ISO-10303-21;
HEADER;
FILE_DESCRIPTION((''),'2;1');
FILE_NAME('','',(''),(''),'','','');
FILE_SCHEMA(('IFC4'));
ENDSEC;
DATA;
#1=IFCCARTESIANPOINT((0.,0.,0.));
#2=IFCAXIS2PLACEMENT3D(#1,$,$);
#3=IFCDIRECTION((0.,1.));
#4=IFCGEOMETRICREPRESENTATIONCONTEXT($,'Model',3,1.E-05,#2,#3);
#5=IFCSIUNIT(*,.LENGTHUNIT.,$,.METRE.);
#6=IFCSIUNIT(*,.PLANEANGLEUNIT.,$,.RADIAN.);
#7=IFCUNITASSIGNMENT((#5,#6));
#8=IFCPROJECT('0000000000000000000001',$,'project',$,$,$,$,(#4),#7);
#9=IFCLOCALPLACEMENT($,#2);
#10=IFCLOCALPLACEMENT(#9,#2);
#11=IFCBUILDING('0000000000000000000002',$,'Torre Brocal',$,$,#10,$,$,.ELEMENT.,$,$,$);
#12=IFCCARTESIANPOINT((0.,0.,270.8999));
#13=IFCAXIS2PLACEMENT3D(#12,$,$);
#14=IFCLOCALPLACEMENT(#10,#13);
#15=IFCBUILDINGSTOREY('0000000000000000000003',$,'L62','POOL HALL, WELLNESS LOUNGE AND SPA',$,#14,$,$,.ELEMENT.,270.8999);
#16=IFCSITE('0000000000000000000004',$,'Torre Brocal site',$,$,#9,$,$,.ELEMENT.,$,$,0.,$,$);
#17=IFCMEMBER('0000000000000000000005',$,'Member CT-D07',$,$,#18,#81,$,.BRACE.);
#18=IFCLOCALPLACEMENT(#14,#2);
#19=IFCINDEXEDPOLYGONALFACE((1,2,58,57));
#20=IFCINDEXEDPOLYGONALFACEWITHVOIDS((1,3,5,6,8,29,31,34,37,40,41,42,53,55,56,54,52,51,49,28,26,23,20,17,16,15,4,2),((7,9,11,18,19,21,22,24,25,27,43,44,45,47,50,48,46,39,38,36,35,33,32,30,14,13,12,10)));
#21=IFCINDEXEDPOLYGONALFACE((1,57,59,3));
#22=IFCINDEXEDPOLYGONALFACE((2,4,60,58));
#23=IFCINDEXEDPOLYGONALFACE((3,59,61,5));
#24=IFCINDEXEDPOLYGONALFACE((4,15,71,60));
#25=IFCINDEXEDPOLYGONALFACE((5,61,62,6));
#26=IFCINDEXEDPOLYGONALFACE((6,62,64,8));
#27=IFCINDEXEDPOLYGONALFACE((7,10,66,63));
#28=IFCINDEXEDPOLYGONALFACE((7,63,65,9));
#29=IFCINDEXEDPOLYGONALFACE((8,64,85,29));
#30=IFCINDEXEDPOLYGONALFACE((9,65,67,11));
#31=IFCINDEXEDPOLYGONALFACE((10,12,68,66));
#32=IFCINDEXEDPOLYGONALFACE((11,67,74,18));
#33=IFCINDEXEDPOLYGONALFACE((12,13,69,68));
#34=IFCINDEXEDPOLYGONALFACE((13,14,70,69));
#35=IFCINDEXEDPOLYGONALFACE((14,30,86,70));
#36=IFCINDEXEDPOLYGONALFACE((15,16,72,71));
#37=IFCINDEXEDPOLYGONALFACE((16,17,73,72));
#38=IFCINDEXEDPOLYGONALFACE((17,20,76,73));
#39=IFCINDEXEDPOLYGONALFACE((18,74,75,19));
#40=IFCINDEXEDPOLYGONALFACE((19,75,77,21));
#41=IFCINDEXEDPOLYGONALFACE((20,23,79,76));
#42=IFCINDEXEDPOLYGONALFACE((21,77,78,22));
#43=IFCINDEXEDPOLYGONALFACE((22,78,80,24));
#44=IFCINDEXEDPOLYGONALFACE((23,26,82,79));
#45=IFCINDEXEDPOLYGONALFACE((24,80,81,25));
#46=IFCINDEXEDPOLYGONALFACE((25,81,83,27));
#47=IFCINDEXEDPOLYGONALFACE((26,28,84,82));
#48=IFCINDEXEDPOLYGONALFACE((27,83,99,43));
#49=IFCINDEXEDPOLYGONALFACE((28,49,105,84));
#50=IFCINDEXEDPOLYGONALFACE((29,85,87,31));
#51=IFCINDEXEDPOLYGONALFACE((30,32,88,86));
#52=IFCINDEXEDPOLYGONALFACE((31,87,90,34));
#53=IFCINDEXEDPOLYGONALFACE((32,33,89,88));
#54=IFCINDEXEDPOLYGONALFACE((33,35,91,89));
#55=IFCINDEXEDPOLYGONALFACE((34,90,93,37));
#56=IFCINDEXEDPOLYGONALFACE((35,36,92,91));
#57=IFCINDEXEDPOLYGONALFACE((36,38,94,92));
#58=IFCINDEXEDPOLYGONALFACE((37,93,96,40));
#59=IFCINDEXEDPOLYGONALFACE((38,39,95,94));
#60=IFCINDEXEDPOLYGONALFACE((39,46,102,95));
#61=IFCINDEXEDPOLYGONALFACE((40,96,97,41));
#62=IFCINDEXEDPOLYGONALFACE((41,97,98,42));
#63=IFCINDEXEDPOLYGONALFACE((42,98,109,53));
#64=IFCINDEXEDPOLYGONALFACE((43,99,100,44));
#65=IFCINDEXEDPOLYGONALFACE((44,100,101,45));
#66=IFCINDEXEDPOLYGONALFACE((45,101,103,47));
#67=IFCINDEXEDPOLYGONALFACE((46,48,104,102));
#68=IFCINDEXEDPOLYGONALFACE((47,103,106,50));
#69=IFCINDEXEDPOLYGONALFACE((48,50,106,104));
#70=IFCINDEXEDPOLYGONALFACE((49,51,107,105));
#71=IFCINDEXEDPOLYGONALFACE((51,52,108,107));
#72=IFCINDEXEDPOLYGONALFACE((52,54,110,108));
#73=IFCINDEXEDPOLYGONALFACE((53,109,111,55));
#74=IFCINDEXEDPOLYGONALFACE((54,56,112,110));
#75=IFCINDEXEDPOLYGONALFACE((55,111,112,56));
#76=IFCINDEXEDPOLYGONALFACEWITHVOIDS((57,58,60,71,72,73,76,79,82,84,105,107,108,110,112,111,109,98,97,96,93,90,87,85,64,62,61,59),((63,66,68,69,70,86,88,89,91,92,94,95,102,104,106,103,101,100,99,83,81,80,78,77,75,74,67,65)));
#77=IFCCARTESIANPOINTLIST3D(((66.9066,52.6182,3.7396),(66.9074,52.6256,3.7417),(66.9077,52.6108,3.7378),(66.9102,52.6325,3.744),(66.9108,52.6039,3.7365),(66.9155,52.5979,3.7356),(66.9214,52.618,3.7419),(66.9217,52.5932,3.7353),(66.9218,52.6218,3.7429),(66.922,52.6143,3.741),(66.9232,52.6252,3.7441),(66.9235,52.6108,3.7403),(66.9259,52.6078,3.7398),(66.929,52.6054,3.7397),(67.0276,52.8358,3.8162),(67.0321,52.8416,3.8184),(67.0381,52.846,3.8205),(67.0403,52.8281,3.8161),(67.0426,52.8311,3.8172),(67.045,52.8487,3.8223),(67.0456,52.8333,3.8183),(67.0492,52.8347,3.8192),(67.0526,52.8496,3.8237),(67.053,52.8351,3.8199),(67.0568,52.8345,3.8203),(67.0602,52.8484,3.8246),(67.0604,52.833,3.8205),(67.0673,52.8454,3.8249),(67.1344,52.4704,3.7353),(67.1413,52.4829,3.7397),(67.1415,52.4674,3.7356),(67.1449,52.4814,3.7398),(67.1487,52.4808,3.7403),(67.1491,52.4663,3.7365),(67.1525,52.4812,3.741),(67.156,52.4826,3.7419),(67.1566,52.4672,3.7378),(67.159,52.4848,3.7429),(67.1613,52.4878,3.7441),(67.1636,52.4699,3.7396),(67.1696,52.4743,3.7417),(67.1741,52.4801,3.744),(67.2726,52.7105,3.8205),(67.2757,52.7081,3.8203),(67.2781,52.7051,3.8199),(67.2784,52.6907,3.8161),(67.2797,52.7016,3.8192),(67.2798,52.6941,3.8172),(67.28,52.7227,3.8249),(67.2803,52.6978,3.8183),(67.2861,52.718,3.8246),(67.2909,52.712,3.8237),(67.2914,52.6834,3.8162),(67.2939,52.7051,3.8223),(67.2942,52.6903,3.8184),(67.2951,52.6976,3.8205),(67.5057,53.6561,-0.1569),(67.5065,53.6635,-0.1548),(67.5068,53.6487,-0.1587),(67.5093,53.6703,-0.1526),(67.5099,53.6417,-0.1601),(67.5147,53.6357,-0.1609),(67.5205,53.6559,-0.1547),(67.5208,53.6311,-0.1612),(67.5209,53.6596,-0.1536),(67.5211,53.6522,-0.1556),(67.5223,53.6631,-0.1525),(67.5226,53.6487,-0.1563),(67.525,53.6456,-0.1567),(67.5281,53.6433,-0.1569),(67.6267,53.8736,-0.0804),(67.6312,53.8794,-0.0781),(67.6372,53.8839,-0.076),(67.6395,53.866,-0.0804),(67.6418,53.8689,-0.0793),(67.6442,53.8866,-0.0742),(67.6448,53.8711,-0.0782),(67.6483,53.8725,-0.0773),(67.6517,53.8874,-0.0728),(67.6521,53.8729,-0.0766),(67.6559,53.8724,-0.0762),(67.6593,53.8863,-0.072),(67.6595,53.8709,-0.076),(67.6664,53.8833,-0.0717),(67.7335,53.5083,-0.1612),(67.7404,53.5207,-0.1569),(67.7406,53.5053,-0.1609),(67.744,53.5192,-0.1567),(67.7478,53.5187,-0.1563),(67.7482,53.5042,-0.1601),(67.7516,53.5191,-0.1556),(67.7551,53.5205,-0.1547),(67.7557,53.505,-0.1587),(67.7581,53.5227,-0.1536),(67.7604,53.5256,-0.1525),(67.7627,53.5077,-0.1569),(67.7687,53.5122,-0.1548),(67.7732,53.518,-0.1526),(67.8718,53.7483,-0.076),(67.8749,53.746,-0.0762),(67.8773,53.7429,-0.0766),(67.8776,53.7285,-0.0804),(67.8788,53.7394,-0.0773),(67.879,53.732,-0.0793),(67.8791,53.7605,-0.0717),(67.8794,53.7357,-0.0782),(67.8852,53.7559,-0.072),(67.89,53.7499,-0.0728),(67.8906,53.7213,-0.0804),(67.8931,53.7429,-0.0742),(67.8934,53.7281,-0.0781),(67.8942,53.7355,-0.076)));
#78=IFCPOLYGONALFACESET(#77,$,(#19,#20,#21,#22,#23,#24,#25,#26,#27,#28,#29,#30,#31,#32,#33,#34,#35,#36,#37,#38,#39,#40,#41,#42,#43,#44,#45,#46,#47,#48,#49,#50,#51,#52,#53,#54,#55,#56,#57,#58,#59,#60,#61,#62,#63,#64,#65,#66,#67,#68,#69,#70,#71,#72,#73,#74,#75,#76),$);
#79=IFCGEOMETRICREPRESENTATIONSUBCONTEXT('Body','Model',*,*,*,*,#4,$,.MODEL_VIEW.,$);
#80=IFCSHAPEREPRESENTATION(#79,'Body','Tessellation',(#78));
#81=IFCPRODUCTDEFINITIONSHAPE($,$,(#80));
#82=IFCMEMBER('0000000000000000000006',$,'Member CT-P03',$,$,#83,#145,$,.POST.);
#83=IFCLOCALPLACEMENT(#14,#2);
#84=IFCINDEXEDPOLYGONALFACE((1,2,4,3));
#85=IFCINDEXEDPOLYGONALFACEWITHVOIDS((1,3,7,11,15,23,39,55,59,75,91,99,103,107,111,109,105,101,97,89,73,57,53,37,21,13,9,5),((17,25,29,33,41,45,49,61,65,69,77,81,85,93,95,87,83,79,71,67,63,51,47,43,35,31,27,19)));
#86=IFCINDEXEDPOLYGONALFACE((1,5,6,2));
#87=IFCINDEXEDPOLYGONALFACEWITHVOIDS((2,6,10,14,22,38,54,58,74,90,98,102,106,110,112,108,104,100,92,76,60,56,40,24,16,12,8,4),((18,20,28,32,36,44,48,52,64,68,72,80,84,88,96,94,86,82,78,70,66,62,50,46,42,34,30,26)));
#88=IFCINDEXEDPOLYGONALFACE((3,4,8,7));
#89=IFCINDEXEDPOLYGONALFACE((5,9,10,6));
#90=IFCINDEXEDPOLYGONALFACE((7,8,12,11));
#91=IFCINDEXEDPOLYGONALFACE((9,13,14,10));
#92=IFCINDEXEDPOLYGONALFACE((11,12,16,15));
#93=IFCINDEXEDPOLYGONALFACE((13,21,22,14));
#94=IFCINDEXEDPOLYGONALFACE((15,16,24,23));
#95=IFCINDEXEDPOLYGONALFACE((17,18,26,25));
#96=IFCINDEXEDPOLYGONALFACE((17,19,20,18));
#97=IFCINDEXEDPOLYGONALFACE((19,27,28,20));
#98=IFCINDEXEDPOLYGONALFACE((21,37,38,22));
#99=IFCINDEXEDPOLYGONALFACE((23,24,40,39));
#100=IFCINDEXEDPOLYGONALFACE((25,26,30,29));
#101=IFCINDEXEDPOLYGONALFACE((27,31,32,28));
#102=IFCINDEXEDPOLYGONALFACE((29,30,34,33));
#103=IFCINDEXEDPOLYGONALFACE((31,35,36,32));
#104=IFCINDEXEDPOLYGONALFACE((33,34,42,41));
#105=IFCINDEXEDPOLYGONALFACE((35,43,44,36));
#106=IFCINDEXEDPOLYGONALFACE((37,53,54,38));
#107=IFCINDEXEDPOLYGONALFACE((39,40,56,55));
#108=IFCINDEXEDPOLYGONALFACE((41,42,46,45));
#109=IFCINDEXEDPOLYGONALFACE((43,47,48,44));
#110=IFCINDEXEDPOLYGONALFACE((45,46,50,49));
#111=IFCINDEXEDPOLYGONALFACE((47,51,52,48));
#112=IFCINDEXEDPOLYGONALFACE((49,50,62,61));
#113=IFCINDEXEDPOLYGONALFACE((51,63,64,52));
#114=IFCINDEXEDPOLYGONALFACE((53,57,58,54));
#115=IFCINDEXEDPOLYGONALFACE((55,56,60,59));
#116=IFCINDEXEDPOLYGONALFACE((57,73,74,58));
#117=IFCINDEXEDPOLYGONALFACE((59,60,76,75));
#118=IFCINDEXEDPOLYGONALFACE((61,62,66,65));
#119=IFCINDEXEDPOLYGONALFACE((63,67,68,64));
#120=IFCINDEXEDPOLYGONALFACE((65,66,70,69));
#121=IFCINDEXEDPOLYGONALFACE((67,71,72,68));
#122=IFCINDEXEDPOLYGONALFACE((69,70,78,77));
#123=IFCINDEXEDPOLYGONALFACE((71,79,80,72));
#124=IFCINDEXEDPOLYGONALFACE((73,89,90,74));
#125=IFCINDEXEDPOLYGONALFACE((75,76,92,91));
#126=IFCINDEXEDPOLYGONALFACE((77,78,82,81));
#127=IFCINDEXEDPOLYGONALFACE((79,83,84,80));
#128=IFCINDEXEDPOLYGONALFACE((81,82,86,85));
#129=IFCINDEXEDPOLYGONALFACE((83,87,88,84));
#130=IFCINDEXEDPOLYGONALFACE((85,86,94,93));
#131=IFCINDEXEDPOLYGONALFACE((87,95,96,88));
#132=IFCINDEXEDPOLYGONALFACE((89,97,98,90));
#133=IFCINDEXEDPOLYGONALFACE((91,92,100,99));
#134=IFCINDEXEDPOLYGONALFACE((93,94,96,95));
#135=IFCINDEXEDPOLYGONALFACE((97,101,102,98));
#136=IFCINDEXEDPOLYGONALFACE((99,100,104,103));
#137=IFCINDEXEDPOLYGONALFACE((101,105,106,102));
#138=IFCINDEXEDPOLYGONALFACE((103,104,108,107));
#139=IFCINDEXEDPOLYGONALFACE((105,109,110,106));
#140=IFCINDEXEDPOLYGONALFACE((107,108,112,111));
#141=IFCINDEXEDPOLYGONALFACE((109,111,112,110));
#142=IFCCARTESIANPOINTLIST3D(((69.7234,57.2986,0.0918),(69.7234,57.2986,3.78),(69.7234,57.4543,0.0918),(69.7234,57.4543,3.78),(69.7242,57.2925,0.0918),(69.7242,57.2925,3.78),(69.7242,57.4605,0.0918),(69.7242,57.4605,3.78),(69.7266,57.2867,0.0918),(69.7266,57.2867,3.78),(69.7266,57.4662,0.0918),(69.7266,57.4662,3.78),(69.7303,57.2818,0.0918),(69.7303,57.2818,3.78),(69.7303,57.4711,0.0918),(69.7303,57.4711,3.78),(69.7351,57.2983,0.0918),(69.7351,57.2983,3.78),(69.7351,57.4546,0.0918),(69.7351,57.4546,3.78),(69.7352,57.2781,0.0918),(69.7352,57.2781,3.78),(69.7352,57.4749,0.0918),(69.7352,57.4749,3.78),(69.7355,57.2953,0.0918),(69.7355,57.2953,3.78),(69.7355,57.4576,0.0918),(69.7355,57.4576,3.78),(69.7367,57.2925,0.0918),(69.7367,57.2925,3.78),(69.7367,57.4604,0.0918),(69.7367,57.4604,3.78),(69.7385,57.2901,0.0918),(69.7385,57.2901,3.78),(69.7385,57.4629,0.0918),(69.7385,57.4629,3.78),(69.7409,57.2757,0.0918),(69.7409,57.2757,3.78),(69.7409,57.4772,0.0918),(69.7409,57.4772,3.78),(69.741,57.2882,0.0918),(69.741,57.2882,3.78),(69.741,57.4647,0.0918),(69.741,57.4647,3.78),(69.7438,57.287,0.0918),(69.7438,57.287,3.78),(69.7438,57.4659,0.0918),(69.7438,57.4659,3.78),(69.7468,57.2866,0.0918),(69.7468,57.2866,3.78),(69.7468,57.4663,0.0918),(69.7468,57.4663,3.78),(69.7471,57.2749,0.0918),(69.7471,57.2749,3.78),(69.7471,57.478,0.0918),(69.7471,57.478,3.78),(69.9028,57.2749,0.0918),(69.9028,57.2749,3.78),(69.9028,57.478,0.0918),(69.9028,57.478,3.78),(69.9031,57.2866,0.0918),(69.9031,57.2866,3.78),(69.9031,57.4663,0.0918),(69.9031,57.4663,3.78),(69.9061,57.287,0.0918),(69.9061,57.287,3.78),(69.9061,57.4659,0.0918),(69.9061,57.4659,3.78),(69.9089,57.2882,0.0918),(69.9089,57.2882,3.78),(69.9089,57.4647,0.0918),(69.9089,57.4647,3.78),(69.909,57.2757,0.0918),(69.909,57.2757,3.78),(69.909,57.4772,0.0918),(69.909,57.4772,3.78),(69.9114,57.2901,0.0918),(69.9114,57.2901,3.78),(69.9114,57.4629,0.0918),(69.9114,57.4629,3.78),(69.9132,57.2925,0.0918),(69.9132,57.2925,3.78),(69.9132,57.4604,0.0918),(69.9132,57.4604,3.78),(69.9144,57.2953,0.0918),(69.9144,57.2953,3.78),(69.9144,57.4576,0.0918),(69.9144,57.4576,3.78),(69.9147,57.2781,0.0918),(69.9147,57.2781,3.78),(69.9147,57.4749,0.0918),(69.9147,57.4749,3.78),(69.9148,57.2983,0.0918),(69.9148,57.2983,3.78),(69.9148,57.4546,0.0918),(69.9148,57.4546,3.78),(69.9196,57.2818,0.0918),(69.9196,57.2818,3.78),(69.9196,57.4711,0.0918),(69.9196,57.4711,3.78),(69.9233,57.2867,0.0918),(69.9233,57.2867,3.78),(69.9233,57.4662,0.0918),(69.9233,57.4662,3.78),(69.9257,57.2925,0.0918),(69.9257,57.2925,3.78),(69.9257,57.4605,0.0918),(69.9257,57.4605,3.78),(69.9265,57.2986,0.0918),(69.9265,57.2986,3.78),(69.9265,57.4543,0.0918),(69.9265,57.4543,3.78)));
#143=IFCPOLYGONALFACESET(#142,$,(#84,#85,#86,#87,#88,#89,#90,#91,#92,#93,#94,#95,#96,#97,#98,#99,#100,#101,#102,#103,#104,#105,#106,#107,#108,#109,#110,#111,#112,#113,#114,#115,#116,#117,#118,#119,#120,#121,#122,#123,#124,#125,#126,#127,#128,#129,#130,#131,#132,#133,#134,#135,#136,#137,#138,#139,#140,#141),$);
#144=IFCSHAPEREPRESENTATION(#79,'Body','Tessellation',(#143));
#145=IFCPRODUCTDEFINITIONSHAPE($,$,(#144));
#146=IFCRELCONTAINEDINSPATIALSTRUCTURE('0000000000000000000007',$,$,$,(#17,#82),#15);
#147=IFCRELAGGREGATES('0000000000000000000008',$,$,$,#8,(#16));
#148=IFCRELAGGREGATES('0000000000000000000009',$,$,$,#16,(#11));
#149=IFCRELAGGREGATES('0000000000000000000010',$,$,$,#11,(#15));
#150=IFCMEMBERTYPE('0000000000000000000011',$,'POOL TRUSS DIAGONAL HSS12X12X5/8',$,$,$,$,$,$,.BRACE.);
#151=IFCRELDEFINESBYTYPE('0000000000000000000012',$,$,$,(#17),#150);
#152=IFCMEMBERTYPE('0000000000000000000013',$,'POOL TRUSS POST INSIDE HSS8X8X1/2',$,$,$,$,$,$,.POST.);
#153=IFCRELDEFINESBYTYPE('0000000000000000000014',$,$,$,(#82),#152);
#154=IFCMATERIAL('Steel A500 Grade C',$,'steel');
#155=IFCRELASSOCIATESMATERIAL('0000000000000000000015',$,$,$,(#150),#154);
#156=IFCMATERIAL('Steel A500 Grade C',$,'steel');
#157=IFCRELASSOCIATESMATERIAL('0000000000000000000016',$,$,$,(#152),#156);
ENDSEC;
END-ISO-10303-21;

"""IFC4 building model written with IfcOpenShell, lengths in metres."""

from ifc_helpers import new_model, si_unit, direction, frame, origin, origin_2d, place, context, subcontext, project, spatial, hollow_rectangle, extrude, material, material_profile, profile_set, type_object, element, save


model = new_model("IFC4")

# Units and contexts
model_context = context("Model", 3, precision=1e-05, world=origin(), true_north=direction((0.0, 1.0)))
body_context = subcontext(model_context, "Body", "Model", "MODEL_VIEW")
ifc_project = project(units=[si_unit("LENGTHUNIT", "METRE"), si_unit("PLANEANGLEUNIT", "RADIAN")], contexts=[model_context])

# Site, building, storey
site_placement = place(None, origin())
site = spatial("IfcSite", under=ifc_project, at=site_placement, Name="Torre Brocal site", CompositionType="ELEMENT", RefElevation=0.0)
building_placement = place(site_placement, origin())
building = spatial("IfcBuilding", under=site, at=building_placement, Name="Torre Brocal", CompositionType="ELEMENT")
storey_placement = place(building_placement, frame((0.0, 0.0, 270.8999)))
storey = spatial("IfcBuildingStorey", under=building, at=storey_placement, Name="L62", Description="POOL HALL, WELLNESS LOUNGE AND SPA", CompositionType="ELEMENT", Elevation=270.8999)

# Members
ifc_material_1 = material(Name="Steel A500 Grade C", Category="steel")
ifc_material_profile_1 = material_profile(ifc_material_1, hollow_rectangle(XDim=0.3047, YDim=0.3047, WallThickness=0.0149, InnerFilletRadius=0.0149, OuterFilletRadius=0.0295, at=origin_2d()), Name="HSS12X12X5/8")
ifc_profile_set_1 = profile_set([ifc_material_profile_1], Name="Steel A500 Grade C")
member_type_1 = type_object("IfcMemberType", Name="POOL TRUSS DIAGONAL HSS12X12X5/8", PredefinedType="BRACE", material=ifc_profile_set_1)
member_1_placement = place(storey_placement, frame((67.7, 53.6958, -0.1165), z_axis=(-0.146966, -0.254585, 0.955818), x_axis=(0.866053, -0.499952, 0.0)))
element("IfcMember", 1, at=member_1_placement, inside=storey, type_object=member_type_1, Name="Member CT-D07", PredefinedType="BRACE", context=body_context, shape_type="SweptSolid", body=[
    extrude(hollow_rectangle(XDim=0.3047, YDim=0.3047, WallThickness=0.0149, InnerFilletRadius=0.0149, OuterFilletRadius=0.0295, at=origin_2d()), origin(), (0.0, 0.0, 1.0), 4.0767),
])
ifc_material_2 = material(Name="Steel A500 Grade C", Category="steel")
ifc_material_profile_2 = material_profile(ifc_material_2, hollow_rectangle(XDim=0.2031, YDim=0.2031, WallThickness=0.0117, InnerFilletRadius=0.0117, OuterFilletRadius=0.0237, at=origin_2d()), Name="HSS8X8X1/2")
ifc_profile_set_2 = profile_set([ifc_material_profile_2], Name="Steel A500 Grade C")
member_type_2 = type_object("IfcMemberType", Name="POOL TRUSS POST INSIDE HSS8X8X1/2", PredefinedType="POST", material=ifc_profile_set_2)
for number, where, z_axis, x_axis, name in (
    (2, (69.825, 57.3765, 0.0918), (0.0, 0.0, 1.0), (1.0, 0.0, 0.0), "Member CT-P03"),
):
    element("IfcMember", number, at=place(storey_placement, frame(where, z_axis=z_axis, x_axis=x_axis)), inside=storey, type_object=member_type_2, Name=name, PredefinedType="POST", context=body_context, shape_type="SweptSolid", body=[
        extrude(hollow_rectangle(XDim=0.2031, YDim=0.2031, WallThickness=0.0117, InnerFilletRadius=0.0117, OuterFilletRadius=0.0237, at=origin_2d()), origin(), (0.0, 0.0, 1.0), 3.6882),
    ])

save(model, "model.ifc")
